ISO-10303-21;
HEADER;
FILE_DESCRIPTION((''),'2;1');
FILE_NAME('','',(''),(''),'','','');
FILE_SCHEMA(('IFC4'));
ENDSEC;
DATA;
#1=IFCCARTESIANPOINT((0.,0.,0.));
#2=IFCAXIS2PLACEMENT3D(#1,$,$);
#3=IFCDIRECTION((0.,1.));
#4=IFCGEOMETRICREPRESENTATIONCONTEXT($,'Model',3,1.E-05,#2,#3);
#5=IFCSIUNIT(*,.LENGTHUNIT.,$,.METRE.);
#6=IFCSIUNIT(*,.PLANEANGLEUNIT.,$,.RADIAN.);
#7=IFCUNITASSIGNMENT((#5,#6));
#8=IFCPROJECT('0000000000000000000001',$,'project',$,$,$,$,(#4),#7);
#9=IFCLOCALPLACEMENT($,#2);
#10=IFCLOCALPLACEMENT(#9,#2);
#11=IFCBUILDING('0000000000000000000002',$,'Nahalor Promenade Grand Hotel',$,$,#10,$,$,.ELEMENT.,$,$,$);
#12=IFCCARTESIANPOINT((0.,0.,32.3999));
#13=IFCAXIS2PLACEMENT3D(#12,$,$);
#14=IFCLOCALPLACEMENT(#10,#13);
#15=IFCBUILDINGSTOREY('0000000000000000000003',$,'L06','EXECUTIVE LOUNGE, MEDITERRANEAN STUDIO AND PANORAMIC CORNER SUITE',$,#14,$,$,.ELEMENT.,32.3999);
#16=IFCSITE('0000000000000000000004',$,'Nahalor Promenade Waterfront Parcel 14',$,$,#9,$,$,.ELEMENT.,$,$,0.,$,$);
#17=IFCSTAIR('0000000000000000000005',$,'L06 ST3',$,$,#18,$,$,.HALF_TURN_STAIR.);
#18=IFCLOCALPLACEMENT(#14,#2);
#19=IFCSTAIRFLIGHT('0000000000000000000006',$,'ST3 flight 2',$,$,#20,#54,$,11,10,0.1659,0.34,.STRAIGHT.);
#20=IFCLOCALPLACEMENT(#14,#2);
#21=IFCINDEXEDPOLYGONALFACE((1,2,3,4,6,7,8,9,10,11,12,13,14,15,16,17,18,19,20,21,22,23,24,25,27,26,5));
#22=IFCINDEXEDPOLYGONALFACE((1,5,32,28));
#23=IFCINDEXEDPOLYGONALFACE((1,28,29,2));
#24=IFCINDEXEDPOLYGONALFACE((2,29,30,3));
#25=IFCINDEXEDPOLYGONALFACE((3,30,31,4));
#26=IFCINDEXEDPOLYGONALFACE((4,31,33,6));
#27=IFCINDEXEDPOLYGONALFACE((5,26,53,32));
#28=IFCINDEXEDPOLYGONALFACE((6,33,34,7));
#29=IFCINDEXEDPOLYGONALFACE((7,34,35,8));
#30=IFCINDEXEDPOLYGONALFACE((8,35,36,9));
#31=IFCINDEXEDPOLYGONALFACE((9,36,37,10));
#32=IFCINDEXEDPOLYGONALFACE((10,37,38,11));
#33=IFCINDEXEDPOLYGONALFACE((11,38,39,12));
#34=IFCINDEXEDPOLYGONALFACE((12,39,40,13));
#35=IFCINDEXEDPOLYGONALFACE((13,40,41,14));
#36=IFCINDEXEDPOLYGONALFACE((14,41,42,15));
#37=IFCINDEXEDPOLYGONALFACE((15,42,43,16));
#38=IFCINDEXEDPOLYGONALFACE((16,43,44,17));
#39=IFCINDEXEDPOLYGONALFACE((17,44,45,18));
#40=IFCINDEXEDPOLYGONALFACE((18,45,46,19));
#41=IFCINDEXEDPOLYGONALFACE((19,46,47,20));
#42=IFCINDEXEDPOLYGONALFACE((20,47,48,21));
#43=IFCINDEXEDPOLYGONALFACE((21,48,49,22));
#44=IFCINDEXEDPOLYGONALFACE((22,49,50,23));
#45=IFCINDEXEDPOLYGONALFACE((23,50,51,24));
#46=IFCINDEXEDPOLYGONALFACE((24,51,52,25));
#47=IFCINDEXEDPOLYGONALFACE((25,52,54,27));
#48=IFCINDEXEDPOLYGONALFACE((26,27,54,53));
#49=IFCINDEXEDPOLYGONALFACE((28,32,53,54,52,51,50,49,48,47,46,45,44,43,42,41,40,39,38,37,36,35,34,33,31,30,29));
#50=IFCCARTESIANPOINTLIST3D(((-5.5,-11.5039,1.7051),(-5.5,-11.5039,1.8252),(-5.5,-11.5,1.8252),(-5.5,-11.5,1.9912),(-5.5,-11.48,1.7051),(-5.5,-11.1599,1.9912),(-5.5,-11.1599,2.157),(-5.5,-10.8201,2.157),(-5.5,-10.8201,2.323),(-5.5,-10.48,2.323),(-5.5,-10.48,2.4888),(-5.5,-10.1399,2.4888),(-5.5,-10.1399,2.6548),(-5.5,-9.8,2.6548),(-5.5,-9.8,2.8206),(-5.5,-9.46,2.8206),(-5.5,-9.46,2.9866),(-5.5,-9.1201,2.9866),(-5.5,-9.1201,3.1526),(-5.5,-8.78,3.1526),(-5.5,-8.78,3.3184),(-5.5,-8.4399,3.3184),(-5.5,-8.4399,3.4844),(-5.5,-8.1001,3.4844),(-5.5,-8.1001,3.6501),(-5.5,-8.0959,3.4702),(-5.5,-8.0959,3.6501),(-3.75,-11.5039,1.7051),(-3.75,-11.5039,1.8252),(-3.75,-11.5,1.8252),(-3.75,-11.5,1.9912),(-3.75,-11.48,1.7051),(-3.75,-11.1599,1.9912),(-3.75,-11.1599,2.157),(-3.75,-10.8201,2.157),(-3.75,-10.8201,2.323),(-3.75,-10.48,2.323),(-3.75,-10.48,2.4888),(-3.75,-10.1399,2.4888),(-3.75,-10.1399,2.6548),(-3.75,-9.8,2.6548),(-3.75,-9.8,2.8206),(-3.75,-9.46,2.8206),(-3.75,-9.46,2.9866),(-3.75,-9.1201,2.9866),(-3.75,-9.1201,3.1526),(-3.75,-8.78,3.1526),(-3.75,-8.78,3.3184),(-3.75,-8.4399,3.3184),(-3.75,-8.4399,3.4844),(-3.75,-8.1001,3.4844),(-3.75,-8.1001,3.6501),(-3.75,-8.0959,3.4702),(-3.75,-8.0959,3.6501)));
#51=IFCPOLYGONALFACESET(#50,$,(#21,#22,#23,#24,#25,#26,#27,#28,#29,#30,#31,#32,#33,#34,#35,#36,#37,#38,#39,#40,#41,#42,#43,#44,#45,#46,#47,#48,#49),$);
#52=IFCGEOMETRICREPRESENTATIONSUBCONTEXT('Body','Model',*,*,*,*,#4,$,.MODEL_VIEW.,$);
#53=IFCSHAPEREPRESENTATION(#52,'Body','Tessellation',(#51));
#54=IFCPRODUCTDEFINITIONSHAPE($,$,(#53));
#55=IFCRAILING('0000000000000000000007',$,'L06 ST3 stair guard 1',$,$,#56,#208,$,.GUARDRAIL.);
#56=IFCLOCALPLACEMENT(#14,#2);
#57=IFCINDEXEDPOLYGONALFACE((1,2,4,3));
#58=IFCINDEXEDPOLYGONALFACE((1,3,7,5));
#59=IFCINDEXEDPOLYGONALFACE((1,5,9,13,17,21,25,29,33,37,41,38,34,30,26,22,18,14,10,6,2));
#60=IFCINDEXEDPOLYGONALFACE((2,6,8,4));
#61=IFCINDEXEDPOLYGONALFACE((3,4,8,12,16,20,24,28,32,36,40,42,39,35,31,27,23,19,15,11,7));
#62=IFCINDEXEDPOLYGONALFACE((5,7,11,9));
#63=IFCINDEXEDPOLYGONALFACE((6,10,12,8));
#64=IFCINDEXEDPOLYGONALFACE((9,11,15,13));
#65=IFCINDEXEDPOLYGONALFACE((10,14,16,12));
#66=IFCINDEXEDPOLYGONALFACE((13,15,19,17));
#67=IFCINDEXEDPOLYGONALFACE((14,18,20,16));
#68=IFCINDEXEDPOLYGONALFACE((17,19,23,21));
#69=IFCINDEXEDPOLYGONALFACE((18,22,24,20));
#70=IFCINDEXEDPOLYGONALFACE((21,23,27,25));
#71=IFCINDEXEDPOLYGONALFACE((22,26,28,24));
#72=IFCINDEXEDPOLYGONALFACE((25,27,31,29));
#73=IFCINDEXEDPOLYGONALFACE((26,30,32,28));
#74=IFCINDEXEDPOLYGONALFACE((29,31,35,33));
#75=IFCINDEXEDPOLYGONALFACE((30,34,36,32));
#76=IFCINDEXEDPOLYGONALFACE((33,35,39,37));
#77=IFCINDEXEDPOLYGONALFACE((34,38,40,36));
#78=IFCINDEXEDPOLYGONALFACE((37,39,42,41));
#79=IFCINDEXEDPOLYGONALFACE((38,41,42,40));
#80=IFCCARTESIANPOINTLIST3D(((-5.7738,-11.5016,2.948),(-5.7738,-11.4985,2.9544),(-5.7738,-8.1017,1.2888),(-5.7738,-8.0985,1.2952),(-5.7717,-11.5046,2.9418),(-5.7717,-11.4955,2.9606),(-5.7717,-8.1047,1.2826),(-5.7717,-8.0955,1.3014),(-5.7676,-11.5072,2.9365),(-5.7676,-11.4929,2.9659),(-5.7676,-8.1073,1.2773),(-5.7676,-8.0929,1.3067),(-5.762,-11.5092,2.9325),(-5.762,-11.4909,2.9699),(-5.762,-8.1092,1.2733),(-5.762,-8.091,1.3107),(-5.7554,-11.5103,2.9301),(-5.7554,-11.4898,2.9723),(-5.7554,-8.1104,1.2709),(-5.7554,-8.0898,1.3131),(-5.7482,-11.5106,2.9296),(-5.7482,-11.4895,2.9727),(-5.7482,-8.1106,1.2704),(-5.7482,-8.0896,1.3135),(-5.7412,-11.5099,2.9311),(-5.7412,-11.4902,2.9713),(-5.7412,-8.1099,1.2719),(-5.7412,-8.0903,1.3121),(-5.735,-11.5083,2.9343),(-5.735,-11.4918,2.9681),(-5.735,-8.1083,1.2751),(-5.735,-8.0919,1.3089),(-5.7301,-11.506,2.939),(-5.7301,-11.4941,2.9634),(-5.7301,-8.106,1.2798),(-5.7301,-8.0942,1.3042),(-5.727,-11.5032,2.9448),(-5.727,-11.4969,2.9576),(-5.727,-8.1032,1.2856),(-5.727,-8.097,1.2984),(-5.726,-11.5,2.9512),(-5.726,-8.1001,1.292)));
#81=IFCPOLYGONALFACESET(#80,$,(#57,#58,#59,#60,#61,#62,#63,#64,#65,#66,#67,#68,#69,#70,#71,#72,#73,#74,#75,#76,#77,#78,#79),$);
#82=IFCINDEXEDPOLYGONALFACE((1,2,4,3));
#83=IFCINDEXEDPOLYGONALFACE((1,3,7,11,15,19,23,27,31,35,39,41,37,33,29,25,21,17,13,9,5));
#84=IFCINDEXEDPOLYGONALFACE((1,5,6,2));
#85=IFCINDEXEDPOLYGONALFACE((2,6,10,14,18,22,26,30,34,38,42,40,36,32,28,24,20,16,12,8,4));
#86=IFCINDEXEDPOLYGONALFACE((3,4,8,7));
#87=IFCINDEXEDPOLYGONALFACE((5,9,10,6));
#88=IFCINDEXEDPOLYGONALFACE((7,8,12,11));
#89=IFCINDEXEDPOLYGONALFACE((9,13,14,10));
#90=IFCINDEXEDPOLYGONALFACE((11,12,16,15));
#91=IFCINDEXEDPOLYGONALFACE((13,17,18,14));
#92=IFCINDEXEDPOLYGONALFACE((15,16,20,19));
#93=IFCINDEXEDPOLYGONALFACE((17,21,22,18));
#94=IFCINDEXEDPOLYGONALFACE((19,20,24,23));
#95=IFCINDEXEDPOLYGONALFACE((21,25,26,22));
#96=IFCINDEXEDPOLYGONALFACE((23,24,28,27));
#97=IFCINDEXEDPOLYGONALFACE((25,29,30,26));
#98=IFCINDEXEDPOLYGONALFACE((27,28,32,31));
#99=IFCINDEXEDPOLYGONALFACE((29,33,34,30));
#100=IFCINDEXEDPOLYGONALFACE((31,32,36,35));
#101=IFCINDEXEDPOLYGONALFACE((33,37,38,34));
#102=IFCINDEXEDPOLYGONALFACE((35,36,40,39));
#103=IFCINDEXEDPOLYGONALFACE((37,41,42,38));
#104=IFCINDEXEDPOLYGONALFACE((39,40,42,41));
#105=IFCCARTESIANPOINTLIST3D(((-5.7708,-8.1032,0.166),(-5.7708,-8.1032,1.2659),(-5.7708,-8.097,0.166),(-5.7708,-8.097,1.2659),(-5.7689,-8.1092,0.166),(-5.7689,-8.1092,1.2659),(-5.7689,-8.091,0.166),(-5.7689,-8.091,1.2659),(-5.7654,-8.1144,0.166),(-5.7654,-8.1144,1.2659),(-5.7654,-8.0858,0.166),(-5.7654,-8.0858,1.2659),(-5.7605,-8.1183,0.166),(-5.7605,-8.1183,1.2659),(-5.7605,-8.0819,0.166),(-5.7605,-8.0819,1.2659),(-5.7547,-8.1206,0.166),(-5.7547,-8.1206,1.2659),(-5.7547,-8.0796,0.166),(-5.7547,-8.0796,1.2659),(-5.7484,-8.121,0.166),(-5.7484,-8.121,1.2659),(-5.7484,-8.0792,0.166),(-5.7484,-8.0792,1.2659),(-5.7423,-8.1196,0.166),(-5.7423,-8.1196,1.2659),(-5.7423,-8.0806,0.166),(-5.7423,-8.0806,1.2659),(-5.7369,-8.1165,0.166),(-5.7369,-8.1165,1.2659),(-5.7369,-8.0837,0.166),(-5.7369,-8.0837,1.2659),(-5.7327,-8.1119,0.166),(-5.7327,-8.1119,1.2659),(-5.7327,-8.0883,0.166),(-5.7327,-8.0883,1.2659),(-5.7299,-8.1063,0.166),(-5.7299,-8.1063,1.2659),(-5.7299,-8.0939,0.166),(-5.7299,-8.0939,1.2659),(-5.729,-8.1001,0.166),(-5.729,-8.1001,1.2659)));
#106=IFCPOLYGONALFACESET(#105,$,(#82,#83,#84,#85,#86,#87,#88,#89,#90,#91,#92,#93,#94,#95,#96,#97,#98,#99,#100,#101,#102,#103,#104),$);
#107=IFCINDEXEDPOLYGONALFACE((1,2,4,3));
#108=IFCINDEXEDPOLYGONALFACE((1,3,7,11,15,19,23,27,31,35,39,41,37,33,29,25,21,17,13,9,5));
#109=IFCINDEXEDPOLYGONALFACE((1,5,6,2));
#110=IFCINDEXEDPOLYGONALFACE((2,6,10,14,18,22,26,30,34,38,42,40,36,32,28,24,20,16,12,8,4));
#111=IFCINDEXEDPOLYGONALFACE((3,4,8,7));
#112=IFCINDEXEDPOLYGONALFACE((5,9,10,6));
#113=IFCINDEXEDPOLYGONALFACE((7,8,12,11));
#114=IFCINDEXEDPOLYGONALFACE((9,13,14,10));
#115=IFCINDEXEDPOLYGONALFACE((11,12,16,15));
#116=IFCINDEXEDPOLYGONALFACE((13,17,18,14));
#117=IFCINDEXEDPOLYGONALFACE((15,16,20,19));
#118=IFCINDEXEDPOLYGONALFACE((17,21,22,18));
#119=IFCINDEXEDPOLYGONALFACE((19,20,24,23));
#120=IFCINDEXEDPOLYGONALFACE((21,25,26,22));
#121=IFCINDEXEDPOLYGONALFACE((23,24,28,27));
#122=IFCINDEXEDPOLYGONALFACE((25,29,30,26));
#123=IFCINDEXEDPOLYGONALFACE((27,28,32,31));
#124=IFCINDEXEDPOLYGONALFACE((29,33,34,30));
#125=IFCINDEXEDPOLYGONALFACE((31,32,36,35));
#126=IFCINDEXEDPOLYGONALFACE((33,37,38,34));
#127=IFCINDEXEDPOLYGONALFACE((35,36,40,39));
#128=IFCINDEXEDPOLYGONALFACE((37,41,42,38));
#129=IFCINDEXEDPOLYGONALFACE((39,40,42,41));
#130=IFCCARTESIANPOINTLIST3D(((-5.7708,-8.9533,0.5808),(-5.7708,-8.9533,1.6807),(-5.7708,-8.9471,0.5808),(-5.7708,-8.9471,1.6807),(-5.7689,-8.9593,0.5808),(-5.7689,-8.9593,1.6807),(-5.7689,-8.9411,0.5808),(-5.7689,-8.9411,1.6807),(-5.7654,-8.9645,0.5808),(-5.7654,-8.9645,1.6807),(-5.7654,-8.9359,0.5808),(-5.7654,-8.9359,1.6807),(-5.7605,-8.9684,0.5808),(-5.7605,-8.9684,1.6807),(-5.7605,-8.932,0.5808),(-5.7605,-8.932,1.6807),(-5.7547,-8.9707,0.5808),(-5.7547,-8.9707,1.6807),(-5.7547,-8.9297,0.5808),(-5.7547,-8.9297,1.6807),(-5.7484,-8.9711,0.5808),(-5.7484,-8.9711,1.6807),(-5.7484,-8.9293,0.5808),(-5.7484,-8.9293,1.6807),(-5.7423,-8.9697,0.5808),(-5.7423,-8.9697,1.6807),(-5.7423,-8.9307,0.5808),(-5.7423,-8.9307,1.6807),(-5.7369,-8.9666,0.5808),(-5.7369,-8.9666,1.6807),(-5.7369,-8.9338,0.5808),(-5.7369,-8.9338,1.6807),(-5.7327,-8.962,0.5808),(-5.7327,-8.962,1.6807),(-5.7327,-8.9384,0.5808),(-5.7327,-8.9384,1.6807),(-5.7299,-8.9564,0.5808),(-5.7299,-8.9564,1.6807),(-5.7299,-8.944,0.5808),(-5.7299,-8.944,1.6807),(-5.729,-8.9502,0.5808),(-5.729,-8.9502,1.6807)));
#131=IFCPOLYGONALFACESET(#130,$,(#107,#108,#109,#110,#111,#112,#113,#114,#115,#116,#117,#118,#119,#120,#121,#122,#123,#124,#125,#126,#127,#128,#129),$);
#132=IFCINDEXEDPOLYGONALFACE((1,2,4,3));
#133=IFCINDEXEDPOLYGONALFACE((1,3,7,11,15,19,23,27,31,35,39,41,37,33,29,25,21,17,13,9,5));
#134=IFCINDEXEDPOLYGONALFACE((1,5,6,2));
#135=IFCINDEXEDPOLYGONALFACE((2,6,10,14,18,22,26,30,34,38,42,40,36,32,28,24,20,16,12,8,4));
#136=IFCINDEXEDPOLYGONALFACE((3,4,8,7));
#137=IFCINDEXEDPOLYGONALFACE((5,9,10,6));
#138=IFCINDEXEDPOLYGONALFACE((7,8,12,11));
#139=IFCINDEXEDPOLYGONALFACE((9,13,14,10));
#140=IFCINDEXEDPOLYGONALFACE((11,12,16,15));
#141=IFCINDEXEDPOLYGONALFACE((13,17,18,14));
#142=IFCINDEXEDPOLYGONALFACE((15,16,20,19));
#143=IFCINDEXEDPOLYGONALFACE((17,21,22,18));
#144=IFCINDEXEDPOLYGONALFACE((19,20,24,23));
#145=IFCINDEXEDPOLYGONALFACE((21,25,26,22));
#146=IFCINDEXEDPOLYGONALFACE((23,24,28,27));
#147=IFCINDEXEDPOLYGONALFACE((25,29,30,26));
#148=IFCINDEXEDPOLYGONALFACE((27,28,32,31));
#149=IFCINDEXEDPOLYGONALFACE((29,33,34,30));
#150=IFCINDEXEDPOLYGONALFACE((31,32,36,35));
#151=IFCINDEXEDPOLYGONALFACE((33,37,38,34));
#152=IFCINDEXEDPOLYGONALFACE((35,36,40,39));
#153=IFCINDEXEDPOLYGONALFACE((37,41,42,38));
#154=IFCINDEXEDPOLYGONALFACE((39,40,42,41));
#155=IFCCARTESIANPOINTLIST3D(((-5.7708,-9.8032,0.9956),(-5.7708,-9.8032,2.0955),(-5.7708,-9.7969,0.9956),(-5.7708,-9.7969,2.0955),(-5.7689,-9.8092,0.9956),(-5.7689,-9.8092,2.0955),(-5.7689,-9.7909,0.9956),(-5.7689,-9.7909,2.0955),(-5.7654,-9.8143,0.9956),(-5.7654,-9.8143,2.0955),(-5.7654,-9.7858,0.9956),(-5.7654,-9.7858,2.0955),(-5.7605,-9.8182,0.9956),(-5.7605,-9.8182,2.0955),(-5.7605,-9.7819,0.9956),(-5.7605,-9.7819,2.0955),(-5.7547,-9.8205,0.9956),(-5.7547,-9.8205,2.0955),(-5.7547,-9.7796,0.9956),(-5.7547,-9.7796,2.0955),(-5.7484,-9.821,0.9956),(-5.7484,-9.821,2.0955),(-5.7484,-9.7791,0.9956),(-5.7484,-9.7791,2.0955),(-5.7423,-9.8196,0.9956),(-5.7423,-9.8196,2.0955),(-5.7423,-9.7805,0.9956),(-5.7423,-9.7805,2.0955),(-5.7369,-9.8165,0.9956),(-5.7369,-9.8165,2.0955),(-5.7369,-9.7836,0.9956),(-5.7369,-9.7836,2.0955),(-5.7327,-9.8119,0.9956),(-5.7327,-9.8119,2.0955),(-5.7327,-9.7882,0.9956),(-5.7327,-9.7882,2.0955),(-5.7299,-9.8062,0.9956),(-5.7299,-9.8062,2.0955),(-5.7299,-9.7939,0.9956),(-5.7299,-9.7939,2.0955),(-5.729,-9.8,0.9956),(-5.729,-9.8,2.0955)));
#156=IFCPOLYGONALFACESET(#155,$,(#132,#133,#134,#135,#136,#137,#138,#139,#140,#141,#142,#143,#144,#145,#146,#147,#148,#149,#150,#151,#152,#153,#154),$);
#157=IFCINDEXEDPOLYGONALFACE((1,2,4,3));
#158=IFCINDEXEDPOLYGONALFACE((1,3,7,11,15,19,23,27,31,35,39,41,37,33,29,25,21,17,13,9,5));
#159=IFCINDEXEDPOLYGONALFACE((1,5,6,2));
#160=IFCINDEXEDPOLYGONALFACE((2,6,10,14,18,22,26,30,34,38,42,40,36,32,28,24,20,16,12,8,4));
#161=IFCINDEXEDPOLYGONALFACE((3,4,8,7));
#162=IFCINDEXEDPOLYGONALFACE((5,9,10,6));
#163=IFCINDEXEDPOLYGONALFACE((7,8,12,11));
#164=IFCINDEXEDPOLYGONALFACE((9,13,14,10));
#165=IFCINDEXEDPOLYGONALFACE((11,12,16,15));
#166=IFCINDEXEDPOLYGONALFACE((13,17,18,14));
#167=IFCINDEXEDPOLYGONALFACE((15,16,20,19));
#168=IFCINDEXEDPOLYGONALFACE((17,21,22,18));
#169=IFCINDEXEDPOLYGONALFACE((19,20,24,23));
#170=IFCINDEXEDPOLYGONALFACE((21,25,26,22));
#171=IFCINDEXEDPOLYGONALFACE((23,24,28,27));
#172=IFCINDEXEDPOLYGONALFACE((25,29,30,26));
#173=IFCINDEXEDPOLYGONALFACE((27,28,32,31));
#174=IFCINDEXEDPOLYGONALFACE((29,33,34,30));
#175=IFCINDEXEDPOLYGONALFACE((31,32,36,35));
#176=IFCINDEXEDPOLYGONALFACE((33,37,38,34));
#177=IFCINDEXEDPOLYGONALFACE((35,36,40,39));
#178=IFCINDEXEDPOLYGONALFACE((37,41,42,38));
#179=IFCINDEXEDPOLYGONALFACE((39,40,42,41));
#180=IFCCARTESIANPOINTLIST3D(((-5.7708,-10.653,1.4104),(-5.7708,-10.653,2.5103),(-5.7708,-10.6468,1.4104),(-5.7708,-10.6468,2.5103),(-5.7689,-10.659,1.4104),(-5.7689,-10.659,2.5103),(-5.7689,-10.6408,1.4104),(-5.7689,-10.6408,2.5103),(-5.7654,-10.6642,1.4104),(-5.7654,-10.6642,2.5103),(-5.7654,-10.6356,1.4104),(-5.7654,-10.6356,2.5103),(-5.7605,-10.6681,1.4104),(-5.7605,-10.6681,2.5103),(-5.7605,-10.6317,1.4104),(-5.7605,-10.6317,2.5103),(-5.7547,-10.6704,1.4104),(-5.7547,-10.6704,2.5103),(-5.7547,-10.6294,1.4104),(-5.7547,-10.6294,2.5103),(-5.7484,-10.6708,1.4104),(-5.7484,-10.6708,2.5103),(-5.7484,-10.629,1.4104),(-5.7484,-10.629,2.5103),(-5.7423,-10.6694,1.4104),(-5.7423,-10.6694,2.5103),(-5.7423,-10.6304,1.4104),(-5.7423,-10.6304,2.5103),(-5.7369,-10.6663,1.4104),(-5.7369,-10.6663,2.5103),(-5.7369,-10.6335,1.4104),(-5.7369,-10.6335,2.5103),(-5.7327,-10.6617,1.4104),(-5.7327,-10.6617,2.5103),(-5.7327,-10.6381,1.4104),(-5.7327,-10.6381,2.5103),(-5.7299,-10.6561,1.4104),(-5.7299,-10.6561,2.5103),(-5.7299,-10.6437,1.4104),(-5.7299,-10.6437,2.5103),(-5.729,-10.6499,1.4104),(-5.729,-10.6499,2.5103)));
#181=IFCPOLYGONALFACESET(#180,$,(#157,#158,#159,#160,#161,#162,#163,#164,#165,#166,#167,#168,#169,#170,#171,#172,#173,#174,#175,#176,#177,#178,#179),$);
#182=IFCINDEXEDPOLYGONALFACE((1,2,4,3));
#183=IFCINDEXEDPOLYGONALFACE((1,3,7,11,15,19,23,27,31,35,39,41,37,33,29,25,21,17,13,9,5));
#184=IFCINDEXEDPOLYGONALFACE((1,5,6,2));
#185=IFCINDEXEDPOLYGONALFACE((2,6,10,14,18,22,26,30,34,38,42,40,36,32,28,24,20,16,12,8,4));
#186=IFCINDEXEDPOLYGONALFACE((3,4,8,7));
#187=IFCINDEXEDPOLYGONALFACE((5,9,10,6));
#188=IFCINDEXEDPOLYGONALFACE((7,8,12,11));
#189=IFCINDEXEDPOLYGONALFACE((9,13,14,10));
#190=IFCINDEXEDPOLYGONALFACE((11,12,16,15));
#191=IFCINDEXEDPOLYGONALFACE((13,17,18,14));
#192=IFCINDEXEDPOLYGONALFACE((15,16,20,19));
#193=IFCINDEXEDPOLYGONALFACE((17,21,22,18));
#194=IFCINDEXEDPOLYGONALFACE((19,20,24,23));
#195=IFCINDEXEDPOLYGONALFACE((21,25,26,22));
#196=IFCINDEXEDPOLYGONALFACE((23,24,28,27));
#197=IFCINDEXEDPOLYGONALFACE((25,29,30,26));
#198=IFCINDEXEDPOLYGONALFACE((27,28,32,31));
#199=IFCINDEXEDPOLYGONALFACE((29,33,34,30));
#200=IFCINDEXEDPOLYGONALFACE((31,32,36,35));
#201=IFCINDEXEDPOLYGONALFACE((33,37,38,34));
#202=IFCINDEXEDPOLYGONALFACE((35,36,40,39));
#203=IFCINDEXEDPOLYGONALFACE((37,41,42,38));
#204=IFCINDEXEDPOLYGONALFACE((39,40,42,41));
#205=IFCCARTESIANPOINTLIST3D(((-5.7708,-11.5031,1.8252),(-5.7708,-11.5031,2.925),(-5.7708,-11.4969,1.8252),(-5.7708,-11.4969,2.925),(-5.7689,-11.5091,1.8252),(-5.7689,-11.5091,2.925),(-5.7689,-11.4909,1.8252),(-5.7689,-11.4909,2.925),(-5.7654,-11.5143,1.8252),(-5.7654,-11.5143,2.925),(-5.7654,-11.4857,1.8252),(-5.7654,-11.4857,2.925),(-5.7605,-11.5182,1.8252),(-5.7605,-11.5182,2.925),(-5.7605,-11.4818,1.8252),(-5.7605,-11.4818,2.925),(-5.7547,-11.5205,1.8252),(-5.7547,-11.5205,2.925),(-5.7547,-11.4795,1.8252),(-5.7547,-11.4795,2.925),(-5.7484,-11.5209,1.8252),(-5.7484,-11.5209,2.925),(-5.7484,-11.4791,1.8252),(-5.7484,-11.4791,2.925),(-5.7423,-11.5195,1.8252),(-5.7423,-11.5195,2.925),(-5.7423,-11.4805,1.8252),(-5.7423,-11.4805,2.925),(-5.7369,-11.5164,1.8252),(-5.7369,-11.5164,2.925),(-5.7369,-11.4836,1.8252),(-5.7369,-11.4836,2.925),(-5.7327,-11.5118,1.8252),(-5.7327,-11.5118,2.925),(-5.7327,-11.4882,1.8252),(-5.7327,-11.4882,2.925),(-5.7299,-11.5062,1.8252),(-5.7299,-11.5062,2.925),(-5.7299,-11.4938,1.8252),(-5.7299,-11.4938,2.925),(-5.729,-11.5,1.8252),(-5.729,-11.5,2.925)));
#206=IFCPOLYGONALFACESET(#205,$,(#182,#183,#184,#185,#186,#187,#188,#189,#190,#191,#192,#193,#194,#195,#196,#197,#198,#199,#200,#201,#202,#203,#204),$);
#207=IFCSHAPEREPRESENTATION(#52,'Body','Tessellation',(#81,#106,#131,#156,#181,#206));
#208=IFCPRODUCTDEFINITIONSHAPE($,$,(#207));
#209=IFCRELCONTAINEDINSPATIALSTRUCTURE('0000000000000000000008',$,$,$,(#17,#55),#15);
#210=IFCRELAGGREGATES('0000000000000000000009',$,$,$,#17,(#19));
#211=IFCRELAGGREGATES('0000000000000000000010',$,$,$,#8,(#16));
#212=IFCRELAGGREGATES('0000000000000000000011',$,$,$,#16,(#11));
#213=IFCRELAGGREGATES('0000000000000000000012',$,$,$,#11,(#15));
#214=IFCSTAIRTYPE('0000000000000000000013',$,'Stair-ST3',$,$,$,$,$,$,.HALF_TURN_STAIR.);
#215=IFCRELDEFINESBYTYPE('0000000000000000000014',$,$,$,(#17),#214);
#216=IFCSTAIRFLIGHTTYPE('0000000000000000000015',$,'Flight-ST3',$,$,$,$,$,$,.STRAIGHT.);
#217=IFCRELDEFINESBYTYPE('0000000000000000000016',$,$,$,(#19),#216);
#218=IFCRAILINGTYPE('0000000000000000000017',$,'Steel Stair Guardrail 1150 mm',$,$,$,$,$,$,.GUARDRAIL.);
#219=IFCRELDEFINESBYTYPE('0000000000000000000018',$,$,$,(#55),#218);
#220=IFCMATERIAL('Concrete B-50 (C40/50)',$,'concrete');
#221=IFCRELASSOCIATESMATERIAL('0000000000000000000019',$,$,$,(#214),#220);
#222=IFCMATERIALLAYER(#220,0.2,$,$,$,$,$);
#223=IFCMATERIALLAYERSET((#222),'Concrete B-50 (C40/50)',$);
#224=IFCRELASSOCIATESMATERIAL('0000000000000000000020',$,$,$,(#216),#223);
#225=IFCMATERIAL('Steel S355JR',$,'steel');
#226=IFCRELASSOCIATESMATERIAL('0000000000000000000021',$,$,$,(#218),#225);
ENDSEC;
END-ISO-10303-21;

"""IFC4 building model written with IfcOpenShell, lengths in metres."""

from ifc_helpers import new_model, si_unit, direction, frame, origin, origin_2d, place, context, subcontext, project, spatial, polyline, circle, outline, extrude, source, transform, mapped, material, layer, layer_set, type_object, element, aggregate, save


model = new_model("IFC4")

# Units and contexts
model_context = context("Model", 3, precision=1e-05, world=origin(), true_north=direction((0.0, 1.0)))
body_context = subcontext(model_context, "Body", "Model", "MODEL_VIEW")
ifc_project = project(units=[si_unit("LENGTHUNIT", "METRE"), si_unit("PLANEANGLEUNIT", "RADIAN")], contexts=[model_context])

# Site, building, storey
site_placement = place(None, origin())
site = spatial("IfcSite", under=ifc_project, at=site_placement, Name="Nahalor Promenade Waterfront Parcel 14", CompositionType="ELEMENT", RefElevation=0.0)
building_placement = place(site_placement, origin())
building = spatial("IfcBuilding", under=site, at=building_placement, Name="Nahalor Promenade Grand Hotel", CompositionType="ELEMENT")
storey_placement = place(building_placement, frame((0.0, 0.0, 32.3999)))
storey = spatial("IfcBuildingStorey", under=building, at=storey_placement, Name="L06", Description="EXECUTIVE LOUNGE, MEDITERRANEAN STUDIO AND PANORAMIC CORNER SUITE", CompositionType="ELEMENT", Elevation=32.3999)

# Shared definitions
ifc_material_1 = material(Name="Steel S355JR", Category="steel")

# Shared definitions
ifc_material_2 = material(Name="Concrete B-50 (C40/50)", Category="concrete")

# Stair, stair flight
stair_type = type_object("IfcStairType", Name="Stair-ST3", PredefinedType="HALF_TURN_STAIR", material=ifc_material_2)
stair_placement = place(storey_placement, origin())
stair = element("IfcStair", 1, at=stair_placement, inside=storey, type_object=stair_type, Name="L06 ST3", PredefinedType="HALF_TURN_STAIR")
ifc_layer_1 = layer(ifc_material_2, 0.2)
ifc_layer_set_1 = layer_set([ifc_layer_1], Name="Concrete B-50 (C40/50)")
stair_flight_type = type_object("IfcStairFlightType", Name="Flight-ST3", PredefinedType="STRAIGHT", material=ifc_layer_set_1)
shared_shape_1 = source(origin(), body_context, "Body", "SweptSolid", [
    extrude(outline(polyline([(-0.0039, -0.1201), (-0.0039, 0.0), (0.0, 0.0), (0.0, 0.166), (0.3401, 0.166), (0.3401, 0.3318), (0.6799, 0.3318), (0.6799, 0.4978), (1.02, 0.4978), (1.02, 0.6636), (1.3601, 0.6636), (1.3601, 0.8296), (1.7, 0.8296), (1.7, 0.9954), (2.04, 0.9954), (2.04, 1.1614), (2.3799, 1.1614), (2.3799, 1.3274), (2.72, 1.3274), (2.72, 1.4932), (3.0601, 1.4932), (3.0601, 1.6592), (3.3999, 1.6592), (3.3999, 1.825), (3.4041, 1.825), (3.4041, 1.645), (0.02, -0.1201), (-0.0039, -0.1201)])), frame((0.0, 0.875, 0.0), z_axis=(0.0, -1.0, 0.0), x_axis=(1.0, 0.0, 0.0)), (0.0, 0.0, 1.0), 1.75),
])
stair_flight_1_placement = place(storey_placement, frame((-4.625, -11.5, 1.8252), z_axis=(0.0, 0.0, 1.0), x_axis=(0.0, 1.0, 0.0)))
stair_flight_1 = element("IfcStairFlight", 2, at=stair_flight_1_placement, type_object=stair_flight_type, Name="ST3 flight 2", NumberOfRisers=11, NumberOfTreads=10, PredefinedType="STRAIGHT", RiserHeight=0.1659, TreadLength=0.34, context=body_context, shape_type="MappedRepresentation", body=[
    mapped(shared_shape_1, transform((0.0, 0.0, 0.0), scale=1.0)),
])
aggregate(stair, [stair_flight_1])

# Railing
railing_type_1 = type_object("IfcRailingType", Name="Steel Stair Guardrail 1150 mm", PredefinedType="GUARDRAIL", material=ifc_material_1)
railing_1_placement = place(storey_placement, frame((-5.75, -8.1001, 0.166)))
element("IfcRailing", 3, at=railing_1_placement, inside=storey, type_object=railing_type_1, Name="L06 ST3 stair guard 1", PredefinedType="GUARDRAIL", context=body_context, shape_type="SweptSolid", body=[
    extrude(circle(Radius=0.024, at=origin_2d()), frame((0.0, 0.0, 1.126), z_axis=(0.0, -0.898696, 0.438571), x_axis=(1.0, 0.0, 0.0)), (0.0, 0.0, 1.0), 3.7832),
    extrude(circle(Radius=0.021, at=origin_2d()), origin(), (0.0, 0.0, 1.0), 1.0999),
    extrude(circle(Radius=0.021, at=origin_2d()), frame((0.0, -0.8501, 0.4148)), (0.0, 0.0, 1.0), 1.0999),
    extrude(circle(Radius=0.021, at=origin_2d()), frame((0.0, -1.7, 0.8296)), (0.0, 0.0, 1.0), 1.0999),
    extrude(circle(Radius=0.021, at=origin_2d()), frame((0.0, -2.5498, 1.2444)), (0.0, 0.0, 1.0), 1.0999),
    extrude(circle(Radius=0.021, at=origin_2d()), frame((0.0, -3.3999, 1.6592)), (0.0, 0.0, 1.0), 1.0999),
])

save(model, "model.ifc")
